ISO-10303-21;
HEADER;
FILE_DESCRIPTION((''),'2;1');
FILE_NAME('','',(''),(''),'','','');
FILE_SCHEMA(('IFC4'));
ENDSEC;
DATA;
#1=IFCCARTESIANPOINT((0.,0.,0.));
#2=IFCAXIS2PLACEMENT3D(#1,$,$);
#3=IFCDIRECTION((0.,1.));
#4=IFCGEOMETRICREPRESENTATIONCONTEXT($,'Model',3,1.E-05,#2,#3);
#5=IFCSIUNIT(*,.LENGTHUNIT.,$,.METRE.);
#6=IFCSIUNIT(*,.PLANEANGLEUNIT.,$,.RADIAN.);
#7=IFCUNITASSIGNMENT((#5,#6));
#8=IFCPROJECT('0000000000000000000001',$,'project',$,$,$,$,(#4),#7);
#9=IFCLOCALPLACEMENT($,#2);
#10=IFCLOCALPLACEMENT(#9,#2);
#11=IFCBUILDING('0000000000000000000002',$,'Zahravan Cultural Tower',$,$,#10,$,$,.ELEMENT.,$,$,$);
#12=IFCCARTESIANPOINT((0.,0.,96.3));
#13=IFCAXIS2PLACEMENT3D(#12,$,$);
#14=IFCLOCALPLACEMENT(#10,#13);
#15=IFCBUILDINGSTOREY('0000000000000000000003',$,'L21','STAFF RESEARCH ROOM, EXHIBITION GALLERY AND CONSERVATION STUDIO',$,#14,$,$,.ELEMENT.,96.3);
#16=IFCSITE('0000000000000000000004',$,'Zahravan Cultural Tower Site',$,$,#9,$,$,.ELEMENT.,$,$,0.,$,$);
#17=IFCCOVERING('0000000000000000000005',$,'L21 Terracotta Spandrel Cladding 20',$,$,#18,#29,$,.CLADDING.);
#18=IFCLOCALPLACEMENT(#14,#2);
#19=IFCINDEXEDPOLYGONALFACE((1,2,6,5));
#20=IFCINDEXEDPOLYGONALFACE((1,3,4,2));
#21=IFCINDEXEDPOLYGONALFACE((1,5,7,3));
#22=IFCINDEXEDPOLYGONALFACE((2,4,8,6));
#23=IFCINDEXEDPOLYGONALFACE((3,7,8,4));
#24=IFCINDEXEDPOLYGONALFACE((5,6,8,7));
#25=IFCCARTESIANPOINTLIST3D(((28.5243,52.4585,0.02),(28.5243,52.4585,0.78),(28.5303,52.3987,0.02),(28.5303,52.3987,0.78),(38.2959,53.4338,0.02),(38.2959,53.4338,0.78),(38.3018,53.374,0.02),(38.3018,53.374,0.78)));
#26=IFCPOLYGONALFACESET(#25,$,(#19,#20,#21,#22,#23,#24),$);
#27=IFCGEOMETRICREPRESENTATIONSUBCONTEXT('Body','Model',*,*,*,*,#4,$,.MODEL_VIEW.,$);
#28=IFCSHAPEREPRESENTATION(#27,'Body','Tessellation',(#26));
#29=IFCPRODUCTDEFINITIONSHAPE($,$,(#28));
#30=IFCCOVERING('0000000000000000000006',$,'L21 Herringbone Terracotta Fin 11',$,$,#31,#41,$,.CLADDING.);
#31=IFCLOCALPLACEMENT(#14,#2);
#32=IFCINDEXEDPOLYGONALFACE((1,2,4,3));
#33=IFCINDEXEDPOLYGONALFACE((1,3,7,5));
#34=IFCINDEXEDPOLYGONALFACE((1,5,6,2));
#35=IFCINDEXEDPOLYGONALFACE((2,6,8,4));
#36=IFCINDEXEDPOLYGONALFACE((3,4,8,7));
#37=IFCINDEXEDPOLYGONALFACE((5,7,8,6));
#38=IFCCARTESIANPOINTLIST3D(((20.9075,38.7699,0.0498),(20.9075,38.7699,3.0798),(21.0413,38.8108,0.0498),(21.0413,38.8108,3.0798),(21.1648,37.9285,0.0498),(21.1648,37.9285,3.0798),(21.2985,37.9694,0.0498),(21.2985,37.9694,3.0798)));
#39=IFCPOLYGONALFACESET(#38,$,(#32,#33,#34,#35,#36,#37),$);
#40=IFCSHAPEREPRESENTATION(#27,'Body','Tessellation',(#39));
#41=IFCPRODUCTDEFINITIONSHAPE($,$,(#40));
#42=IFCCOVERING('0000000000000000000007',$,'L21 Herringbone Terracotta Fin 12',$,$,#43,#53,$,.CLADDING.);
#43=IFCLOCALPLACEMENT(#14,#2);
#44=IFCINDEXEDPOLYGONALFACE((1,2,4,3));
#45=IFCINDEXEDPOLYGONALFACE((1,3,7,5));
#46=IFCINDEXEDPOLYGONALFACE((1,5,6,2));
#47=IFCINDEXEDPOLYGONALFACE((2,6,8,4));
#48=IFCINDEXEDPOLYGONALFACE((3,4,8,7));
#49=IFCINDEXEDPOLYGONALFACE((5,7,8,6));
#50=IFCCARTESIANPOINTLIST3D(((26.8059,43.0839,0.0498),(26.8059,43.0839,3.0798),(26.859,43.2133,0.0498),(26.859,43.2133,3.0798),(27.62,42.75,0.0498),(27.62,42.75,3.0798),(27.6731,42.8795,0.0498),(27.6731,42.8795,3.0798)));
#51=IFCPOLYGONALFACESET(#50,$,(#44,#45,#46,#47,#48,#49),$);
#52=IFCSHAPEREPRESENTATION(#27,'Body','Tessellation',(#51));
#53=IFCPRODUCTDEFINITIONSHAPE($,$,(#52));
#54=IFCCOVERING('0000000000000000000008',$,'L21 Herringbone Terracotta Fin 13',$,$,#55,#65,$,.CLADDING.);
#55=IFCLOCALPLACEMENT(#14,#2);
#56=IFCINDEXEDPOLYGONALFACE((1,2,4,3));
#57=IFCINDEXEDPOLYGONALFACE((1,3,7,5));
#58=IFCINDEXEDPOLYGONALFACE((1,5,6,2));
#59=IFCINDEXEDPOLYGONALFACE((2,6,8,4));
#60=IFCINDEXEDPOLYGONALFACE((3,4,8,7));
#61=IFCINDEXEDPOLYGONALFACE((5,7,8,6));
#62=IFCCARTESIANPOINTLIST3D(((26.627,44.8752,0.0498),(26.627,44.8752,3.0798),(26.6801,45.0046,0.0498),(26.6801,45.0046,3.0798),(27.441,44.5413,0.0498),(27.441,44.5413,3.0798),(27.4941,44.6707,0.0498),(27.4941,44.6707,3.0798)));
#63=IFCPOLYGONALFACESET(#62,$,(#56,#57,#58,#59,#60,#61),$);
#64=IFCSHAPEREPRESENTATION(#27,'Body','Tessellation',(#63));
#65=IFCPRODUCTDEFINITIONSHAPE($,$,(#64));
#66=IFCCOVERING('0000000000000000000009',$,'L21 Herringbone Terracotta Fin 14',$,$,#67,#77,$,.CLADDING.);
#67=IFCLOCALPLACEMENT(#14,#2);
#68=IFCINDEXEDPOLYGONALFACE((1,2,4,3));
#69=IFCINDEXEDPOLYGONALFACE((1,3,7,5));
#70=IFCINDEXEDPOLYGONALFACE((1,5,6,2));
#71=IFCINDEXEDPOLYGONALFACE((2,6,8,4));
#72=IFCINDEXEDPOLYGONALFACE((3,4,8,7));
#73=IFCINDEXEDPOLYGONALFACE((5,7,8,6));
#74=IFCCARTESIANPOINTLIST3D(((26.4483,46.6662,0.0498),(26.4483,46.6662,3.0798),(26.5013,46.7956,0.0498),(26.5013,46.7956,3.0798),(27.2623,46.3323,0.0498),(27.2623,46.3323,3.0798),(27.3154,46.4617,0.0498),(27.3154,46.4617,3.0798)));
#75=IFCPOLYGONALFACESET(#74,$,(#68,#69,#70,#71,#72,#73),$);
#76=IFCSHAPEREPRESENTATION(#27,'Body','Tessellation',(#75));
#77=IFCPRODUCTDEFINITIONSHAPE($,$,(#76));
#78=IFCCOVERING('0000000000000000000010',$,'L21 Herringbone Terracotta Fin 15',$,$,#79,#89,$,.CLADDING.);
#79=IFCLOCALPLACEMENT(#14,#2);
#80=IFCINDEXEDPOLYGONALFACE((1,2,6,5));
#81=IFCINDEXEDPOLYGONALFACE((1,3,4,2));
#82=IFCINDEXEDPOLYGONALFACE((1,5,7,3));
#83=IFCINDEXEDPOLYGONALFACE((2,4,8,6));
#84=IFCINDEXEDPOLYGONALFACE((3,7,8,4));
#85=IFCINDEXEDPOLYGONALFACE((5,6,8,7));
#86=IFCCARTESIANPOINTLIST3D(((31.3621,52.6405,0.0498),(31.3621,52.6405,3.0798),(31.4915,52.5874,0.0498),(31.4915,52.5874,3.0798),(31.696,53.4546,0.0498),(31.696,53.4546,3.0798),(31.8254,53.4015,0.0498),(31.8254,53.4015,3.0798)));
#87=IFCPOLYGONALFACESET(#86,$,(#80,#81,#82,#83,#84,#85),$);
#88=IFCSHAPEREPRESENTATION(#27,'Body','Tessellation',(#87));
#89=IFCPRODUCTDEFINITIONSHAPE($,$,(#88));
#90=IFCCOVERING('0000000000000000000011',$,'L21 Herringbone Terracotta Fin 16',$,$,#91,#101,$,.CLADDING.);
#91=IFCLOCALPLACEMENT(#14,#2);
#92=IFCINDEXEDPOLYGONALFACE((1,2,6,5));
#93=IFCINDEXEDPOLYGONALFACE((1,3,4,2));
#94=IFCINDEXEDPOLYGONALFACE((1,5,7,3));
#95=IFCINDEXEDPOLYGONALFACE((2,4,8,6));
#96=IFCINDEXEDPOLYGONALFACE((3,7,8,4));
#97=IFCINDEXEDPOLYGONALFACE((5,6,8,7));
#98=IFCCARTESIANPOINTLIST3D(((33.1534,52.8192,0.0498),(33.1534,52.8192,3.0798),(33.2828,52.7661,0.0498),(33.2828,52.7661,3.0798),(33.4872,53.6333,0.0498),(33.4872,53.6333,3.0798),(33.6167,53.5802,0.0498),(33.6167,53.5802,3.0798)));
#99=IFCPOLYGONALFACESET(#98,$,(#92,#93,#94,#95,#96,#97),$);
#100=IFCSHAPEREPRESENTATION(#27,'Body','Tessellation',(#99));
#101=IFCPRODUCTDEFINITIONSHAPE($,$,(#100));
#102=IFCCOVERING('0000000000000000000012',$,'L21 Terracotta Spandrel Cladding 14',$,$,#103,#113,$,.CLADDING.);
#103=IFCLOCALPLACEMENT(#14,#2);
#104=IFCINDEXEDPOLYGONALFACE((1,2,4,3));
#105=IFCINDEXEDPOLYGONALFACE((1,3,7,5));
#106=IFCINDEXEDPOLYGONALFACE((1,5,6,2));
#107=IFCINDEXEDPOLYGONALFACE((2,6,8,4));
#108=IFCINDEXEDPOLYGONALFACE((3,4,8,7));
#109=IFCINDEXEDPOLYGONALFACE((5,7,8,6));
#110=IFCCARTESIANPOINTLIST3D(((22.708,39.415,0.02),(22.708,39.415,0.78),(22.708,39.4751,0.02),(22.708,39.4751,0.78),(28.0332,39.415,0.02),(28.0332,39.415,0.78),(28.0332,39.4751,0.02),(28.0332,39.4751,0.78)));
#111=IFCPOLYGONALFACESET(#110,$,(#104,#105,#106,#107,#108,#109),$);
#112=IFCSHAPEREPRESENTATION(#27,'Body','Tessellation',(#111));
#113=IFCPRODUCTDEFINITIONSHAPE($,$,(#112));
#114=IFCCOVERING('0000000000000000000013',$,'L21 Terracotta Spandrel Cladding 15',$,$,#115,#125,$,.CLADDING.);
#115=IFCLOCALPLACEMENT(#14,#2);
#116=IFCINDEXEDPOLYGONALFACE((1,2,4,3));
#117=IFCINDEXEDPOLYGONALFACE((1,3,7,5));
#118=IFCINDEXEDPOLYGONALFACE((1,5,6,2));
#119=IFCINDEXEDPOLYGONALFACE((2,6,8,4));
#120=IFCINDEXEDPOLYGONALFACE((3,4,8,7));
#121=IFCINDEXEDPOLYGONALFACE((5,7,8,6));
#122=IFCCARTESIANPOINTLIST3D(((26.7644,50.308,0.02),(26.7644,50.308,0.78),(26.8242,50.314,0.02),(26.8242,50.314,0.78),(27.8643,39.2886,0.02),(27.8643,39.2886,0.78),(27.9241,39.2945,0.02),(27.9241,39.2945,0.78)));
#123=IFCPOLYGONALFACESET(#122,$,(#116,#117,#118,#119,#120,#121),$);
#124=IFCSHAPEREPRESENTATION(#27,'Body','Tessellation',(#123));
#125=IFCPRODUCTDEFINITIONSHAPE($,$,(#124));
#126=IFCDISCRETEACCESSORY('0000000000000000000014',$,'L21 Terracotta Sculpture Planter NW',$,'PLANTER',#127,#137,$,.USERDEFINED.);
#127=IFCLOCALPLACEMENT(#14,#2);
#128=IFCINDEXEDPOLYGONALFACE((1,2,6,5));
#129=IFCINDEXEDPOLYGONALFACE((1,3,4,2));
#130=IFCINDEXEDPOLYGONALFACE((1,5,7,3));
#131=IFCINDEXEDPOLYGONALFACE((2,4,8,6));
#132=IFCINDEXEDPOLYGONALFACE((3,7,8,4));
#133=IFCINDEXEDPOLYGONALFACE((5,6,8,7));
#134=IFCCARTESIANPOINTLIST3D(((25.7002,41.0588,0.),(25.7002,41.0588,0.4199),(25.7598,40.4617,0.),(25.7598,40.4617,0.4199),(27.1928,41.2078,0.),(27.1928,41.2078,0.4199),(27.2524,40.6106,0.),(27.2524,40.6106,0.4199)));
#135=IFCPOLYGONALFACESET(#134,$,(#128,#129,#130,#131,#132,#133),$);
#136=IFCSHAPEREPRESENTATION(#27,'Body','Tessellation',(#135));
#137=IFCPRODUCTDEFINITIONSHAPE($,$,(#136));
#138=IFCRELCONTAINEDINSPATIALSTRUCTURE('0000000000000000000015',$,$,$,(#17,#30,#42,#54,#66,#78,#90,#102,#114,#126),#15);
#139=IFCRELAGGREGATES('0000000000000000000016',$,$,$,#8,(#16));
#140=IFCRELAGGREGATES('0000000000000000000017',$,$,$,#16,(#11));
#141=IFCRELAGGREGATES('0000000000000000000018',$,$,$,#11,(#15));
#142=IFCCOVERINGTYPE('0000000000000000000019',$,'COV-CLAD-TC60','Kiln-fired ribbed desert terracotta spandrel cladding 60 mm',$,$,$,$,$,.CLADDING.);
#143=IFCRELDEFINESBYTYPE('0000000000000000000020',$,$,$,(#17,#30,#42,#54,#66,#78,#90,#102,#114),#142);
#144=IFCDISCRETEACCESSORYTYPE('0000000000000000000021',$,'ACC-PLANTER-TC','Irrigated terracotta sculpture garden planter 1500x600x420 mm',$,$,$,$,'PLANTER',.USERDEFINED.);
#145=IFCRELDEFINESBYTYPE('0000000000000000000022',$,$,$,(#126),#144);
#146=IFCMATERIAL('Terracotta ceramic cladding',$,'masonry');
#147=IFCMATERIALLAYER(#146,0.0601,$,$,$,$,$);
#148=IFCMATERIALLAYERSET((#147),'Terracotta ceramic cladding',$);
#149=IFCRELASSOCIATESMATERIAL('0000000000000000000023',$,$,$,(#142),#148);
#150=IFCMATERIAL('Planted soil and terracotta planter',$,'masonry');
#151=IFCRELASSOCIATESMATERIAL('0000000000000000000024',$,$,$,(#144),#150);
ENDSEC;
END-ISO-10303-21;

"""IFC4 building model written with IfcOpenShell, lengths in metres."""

from ifc_helpers import new_model, si_unit, direction, frame, origin, origin_2d, place, context, subcontext, project, spatial, rectangle, extrude, source, transform, mapped, material, layer, layer_set, type_object, element, save


model = new_model("IFC4")

# Units and contexts
model_context = context("Model", 3, precision=1e-05, world=origin(), true_north=direction((0.0, 1.0)))
body_context = subcontext(model_context, "Body", "Model", "MODEL_VIEW")
ifc_project = project(units=[si_unit("LENGTHUNIT", "METRE"), si_unit("PLANEANGLEUNIT", "RADIAN")], contexts=[model_context])

# Site, building, storey
site_placement = place(None, origin())
site = spatial("IfcSite", under=ifc_project, at=site_placement, Name="Zahravan Cultural Tower Site", CompositionType="ELEMENT", RefElevation=0.0)
building_placement = place(site_placement, origin())
building = spatial("IfcBuilding", under=site, at=building_placement, Name="Zahravan Cultural Tower", CompositionType="ELEMENT")
storey_placement = place(building_placement, frame((0.0, 0.0, 96.3)))
storey = spatial("IfcBuildingStorey", under=building, at=storey_placement, Name="L21", Description="STAFF RESEARCH ROOM, EXHIBITION GALLERY AND CONSERVATION STUDIO", CompositionType="ELEMENT", Elevation=96.3)

# Coverings
ifc_material_1 = material(Name="Terracotta ceramic cladding", Category="masonry")
ifc_layer_1 = layer(ifc_material_1, 0.0601)
ifc_layer_set_1 = layer_set([ifc_layer_1], Name="Terracotta ceramic cladding")
covering_type = type_object("IfcCoveringType", Name="COV-CLAD-TC60", Description="Kiln-fired ribbed desert terracotta spandrel cladding 60 mm", PredefinedType="CLADDING", material=ifc_layer_set_1)
shared_shape_1 = source(origin(), body_context, "Body", "SweptSolid", [
    extrude(rectangle(XDim=9.8201, YDim=0.0601, at=origin_2d()), origin(), (0.0, 0.0, 1.0), 0.76),
])
covering_1_placement = place(storey_placement, frame((33.4131, 52.9163, 0.02), z_axis=(0.0, 0.0, 1.0), x_axis=(0.995056, 0.09932, 0.0)))
element("IfcCovering", 1, at=covering_1_placement, inside=storey, type_object=covering_type, Name="L21 Terracotta Spandrel Cladding 20", PredefinedType="CLADDING", context=body_context, shape_type="MappedRepresentation", body=[
    mapped(shared_shape_1, transform((0.0, 0.0, 0.0), x_axis=(1.0, 0.0, 0.0), y_axis=(0.0, 1.0, 0.0), z_axis=(0.0, 0.0, 1.0), scale=1.0)),
])
shared_shape_2 = source(origin(), body_context, "Body", "SweptSolid", [
    extrude(rectangle(XDim=0.8799, YDim=0.1399, at=origin_2d()), origin(), (0.0, 0.0, 1.0), 3.03),
])
for number, where, z_axis, x_axis, name in (
    (2, (21.103, 38.3696, 0.0498), (0.0, 0.0, 1.0), (-0.292372, 0.956305, 0.0), "L21 Herringbone Terracotta Fin 11"),
    (3, (27.2395, 42.9817, 0.0498), (0.0, 0.0, 1.0), (-0.92521, 0.379456, 0.0), "L21 Herringbone Terracotta Fin 12"),
    (4, (27.0605, 44.7729, 0.0498), (0.0, 0.0, 1.0), (-0.92521, 0.379456, 0.0), "L21 Herringbone Terracotta Fin 13"),
    (5, (26.8818, 46.564, 0.0498), (0.0, 0.0, 1.0), (-0.92521, 0.379456, 0.0), "L21 Herringbone Terracotta Fin 14"),
    (6, (31.5938, 53.021, 0.0498), (0.0, 0.0, 1.0), (0.379456, 0.92521, 0.0), "L21 Herringbone Terracotta Fin 15"),
    (7, (33.385, 53.1997, 0.0498), (0.0, 0.0, 1.0), (0.379456, 0.92521, 0.0), "L21 Herringbone Terracotta Fin 16"),
):
    element("IfcCovering", number, at=place(storey_placement, frame(where, z_axis=z_axis, x_axis=x_axis)), inside=storey, type_object=covering_type, Name=name, PredefinedType="CLADDING", context=body_context, shape_type="MappedRepresentation", body=[
        mapped(shared_shape_2, transform((0.0, 0.0, 0.0), x_axis=(1.0, 0.0, 0.0), y_axis=(0.0, 1.0, 0.0), z_axis=(0.0, 0.0, 1.0), scale=1.0)),
    ])
shared_shape_3 = source(origin(), body_context, "Body", "SweptSolid", [
    extrude(rectangle(XDim=5.3252, YDim=0.0601, at=origin_2d()), origin(), (0.0, 0.0, 1.0), 0.76),
])
covering_2_placement = place(storey_placement, frame((25.3706, 39.4451, 0.02), z_axis=(0.0, 0.0, 1.0), x_axis=(1.0, 0.0, 0.0)))
element("IfcCovering", 8, at=covering_2_placement, inside=storey, type_object=covering_type, Name="L21 Terracotta Spandrel Cladding 14", PredefinedType="CLADDING", context=body_context, shape_type="MappedRepresentation", body=[
    mapped(shared_shape_3, transform((0.0, 0.0, 0.0), x_axis=(1.0, 0.0, 0.0), y_axis=(0.0, 1.0, 0.0), z_axis=(0.0, 0.0, 1.0), scale=1.0)),
])
shared_shape_4 = source(origin(), body_context, "Body", "SweptSolid", [
    extrude(rectangle(XDim=11.0742, YDim=0.0601, at=origin_2d()), origin(), (0.0, 0.0, 1.0), 0.76),
])
covering_3_placement = place(storey_placement, frame((27.3442, 44.8013, 0.02), z_axis=(0.0, 0.0, 1.0), x_axis=(-0.09932, 0.995056, 0.0)))
element("IfcCovering", 9, at=covering_3_placement, inside=storey, type_object=covering_type, Name="L21 Terracotta Spandrel Cladding 15", PredefinedType="CLADDING", context=body_context, shape_type="MappedRepresentation", body=[
    mapped(shared_shape_4, transform((0.0, 0.0, 0.0), x_axis=(1.0, 0.0, 0.0), y_axis=(0.0, 1.0, 0.0), z_axis=(0.0, 0.0, 1.0), scale=1.0)),
])

# Discrete accessory
ifc_material_2 = material(Name="Planted soil and terracotta planter", Category="masonry")
discrete_accessory_type = type_object("IfcDiscreteAccessoryType", Name="ACC-PLANTER-TC", Description="Irrigated terracotta sculpture garden planter 1500x600x420 mm", ElementType="PLANTER", PredefinedType="USERDEFINED", material=ifc_material_2)
shared_shape_5 = source(origin(), body_context, "Body", "SweptSolid", [
    extrude(rectangle(XDim=1.5, YDim=0.6001, at=origin_2d()), origin(), (0.0, 0.0, 1.0), 0.4199),
])
discrete_accessory_placement = place(storey_placement, frame((26.4763, 40.8347, 0.0), z_axis=(0.0, 0.0, 1.0), x_axis=(0.995056, 0.09932, 0.0)))
element("IfcDiscreteAccessory", 10, at=discrete_accessory_placement, inside=storey, type_object=discrete_accessory_type, Name="L21 Terracotta Sculpture Planter NW", ObjectType="PLANTER", PredefinedType="USERDEFINED", context=body_context, shape_type="MappedRepresentation", body=[
    mapped(shared_shape_5, transform((0.0, 0.0, 0.0), x_axis=(1.0, 0.0, 0.0), y_axis=(0.0, 1.0, 0.0), z_axis=(0.0, 0.0, 1.0), scale=1.0)),
])

save(model, "model.ifc")
